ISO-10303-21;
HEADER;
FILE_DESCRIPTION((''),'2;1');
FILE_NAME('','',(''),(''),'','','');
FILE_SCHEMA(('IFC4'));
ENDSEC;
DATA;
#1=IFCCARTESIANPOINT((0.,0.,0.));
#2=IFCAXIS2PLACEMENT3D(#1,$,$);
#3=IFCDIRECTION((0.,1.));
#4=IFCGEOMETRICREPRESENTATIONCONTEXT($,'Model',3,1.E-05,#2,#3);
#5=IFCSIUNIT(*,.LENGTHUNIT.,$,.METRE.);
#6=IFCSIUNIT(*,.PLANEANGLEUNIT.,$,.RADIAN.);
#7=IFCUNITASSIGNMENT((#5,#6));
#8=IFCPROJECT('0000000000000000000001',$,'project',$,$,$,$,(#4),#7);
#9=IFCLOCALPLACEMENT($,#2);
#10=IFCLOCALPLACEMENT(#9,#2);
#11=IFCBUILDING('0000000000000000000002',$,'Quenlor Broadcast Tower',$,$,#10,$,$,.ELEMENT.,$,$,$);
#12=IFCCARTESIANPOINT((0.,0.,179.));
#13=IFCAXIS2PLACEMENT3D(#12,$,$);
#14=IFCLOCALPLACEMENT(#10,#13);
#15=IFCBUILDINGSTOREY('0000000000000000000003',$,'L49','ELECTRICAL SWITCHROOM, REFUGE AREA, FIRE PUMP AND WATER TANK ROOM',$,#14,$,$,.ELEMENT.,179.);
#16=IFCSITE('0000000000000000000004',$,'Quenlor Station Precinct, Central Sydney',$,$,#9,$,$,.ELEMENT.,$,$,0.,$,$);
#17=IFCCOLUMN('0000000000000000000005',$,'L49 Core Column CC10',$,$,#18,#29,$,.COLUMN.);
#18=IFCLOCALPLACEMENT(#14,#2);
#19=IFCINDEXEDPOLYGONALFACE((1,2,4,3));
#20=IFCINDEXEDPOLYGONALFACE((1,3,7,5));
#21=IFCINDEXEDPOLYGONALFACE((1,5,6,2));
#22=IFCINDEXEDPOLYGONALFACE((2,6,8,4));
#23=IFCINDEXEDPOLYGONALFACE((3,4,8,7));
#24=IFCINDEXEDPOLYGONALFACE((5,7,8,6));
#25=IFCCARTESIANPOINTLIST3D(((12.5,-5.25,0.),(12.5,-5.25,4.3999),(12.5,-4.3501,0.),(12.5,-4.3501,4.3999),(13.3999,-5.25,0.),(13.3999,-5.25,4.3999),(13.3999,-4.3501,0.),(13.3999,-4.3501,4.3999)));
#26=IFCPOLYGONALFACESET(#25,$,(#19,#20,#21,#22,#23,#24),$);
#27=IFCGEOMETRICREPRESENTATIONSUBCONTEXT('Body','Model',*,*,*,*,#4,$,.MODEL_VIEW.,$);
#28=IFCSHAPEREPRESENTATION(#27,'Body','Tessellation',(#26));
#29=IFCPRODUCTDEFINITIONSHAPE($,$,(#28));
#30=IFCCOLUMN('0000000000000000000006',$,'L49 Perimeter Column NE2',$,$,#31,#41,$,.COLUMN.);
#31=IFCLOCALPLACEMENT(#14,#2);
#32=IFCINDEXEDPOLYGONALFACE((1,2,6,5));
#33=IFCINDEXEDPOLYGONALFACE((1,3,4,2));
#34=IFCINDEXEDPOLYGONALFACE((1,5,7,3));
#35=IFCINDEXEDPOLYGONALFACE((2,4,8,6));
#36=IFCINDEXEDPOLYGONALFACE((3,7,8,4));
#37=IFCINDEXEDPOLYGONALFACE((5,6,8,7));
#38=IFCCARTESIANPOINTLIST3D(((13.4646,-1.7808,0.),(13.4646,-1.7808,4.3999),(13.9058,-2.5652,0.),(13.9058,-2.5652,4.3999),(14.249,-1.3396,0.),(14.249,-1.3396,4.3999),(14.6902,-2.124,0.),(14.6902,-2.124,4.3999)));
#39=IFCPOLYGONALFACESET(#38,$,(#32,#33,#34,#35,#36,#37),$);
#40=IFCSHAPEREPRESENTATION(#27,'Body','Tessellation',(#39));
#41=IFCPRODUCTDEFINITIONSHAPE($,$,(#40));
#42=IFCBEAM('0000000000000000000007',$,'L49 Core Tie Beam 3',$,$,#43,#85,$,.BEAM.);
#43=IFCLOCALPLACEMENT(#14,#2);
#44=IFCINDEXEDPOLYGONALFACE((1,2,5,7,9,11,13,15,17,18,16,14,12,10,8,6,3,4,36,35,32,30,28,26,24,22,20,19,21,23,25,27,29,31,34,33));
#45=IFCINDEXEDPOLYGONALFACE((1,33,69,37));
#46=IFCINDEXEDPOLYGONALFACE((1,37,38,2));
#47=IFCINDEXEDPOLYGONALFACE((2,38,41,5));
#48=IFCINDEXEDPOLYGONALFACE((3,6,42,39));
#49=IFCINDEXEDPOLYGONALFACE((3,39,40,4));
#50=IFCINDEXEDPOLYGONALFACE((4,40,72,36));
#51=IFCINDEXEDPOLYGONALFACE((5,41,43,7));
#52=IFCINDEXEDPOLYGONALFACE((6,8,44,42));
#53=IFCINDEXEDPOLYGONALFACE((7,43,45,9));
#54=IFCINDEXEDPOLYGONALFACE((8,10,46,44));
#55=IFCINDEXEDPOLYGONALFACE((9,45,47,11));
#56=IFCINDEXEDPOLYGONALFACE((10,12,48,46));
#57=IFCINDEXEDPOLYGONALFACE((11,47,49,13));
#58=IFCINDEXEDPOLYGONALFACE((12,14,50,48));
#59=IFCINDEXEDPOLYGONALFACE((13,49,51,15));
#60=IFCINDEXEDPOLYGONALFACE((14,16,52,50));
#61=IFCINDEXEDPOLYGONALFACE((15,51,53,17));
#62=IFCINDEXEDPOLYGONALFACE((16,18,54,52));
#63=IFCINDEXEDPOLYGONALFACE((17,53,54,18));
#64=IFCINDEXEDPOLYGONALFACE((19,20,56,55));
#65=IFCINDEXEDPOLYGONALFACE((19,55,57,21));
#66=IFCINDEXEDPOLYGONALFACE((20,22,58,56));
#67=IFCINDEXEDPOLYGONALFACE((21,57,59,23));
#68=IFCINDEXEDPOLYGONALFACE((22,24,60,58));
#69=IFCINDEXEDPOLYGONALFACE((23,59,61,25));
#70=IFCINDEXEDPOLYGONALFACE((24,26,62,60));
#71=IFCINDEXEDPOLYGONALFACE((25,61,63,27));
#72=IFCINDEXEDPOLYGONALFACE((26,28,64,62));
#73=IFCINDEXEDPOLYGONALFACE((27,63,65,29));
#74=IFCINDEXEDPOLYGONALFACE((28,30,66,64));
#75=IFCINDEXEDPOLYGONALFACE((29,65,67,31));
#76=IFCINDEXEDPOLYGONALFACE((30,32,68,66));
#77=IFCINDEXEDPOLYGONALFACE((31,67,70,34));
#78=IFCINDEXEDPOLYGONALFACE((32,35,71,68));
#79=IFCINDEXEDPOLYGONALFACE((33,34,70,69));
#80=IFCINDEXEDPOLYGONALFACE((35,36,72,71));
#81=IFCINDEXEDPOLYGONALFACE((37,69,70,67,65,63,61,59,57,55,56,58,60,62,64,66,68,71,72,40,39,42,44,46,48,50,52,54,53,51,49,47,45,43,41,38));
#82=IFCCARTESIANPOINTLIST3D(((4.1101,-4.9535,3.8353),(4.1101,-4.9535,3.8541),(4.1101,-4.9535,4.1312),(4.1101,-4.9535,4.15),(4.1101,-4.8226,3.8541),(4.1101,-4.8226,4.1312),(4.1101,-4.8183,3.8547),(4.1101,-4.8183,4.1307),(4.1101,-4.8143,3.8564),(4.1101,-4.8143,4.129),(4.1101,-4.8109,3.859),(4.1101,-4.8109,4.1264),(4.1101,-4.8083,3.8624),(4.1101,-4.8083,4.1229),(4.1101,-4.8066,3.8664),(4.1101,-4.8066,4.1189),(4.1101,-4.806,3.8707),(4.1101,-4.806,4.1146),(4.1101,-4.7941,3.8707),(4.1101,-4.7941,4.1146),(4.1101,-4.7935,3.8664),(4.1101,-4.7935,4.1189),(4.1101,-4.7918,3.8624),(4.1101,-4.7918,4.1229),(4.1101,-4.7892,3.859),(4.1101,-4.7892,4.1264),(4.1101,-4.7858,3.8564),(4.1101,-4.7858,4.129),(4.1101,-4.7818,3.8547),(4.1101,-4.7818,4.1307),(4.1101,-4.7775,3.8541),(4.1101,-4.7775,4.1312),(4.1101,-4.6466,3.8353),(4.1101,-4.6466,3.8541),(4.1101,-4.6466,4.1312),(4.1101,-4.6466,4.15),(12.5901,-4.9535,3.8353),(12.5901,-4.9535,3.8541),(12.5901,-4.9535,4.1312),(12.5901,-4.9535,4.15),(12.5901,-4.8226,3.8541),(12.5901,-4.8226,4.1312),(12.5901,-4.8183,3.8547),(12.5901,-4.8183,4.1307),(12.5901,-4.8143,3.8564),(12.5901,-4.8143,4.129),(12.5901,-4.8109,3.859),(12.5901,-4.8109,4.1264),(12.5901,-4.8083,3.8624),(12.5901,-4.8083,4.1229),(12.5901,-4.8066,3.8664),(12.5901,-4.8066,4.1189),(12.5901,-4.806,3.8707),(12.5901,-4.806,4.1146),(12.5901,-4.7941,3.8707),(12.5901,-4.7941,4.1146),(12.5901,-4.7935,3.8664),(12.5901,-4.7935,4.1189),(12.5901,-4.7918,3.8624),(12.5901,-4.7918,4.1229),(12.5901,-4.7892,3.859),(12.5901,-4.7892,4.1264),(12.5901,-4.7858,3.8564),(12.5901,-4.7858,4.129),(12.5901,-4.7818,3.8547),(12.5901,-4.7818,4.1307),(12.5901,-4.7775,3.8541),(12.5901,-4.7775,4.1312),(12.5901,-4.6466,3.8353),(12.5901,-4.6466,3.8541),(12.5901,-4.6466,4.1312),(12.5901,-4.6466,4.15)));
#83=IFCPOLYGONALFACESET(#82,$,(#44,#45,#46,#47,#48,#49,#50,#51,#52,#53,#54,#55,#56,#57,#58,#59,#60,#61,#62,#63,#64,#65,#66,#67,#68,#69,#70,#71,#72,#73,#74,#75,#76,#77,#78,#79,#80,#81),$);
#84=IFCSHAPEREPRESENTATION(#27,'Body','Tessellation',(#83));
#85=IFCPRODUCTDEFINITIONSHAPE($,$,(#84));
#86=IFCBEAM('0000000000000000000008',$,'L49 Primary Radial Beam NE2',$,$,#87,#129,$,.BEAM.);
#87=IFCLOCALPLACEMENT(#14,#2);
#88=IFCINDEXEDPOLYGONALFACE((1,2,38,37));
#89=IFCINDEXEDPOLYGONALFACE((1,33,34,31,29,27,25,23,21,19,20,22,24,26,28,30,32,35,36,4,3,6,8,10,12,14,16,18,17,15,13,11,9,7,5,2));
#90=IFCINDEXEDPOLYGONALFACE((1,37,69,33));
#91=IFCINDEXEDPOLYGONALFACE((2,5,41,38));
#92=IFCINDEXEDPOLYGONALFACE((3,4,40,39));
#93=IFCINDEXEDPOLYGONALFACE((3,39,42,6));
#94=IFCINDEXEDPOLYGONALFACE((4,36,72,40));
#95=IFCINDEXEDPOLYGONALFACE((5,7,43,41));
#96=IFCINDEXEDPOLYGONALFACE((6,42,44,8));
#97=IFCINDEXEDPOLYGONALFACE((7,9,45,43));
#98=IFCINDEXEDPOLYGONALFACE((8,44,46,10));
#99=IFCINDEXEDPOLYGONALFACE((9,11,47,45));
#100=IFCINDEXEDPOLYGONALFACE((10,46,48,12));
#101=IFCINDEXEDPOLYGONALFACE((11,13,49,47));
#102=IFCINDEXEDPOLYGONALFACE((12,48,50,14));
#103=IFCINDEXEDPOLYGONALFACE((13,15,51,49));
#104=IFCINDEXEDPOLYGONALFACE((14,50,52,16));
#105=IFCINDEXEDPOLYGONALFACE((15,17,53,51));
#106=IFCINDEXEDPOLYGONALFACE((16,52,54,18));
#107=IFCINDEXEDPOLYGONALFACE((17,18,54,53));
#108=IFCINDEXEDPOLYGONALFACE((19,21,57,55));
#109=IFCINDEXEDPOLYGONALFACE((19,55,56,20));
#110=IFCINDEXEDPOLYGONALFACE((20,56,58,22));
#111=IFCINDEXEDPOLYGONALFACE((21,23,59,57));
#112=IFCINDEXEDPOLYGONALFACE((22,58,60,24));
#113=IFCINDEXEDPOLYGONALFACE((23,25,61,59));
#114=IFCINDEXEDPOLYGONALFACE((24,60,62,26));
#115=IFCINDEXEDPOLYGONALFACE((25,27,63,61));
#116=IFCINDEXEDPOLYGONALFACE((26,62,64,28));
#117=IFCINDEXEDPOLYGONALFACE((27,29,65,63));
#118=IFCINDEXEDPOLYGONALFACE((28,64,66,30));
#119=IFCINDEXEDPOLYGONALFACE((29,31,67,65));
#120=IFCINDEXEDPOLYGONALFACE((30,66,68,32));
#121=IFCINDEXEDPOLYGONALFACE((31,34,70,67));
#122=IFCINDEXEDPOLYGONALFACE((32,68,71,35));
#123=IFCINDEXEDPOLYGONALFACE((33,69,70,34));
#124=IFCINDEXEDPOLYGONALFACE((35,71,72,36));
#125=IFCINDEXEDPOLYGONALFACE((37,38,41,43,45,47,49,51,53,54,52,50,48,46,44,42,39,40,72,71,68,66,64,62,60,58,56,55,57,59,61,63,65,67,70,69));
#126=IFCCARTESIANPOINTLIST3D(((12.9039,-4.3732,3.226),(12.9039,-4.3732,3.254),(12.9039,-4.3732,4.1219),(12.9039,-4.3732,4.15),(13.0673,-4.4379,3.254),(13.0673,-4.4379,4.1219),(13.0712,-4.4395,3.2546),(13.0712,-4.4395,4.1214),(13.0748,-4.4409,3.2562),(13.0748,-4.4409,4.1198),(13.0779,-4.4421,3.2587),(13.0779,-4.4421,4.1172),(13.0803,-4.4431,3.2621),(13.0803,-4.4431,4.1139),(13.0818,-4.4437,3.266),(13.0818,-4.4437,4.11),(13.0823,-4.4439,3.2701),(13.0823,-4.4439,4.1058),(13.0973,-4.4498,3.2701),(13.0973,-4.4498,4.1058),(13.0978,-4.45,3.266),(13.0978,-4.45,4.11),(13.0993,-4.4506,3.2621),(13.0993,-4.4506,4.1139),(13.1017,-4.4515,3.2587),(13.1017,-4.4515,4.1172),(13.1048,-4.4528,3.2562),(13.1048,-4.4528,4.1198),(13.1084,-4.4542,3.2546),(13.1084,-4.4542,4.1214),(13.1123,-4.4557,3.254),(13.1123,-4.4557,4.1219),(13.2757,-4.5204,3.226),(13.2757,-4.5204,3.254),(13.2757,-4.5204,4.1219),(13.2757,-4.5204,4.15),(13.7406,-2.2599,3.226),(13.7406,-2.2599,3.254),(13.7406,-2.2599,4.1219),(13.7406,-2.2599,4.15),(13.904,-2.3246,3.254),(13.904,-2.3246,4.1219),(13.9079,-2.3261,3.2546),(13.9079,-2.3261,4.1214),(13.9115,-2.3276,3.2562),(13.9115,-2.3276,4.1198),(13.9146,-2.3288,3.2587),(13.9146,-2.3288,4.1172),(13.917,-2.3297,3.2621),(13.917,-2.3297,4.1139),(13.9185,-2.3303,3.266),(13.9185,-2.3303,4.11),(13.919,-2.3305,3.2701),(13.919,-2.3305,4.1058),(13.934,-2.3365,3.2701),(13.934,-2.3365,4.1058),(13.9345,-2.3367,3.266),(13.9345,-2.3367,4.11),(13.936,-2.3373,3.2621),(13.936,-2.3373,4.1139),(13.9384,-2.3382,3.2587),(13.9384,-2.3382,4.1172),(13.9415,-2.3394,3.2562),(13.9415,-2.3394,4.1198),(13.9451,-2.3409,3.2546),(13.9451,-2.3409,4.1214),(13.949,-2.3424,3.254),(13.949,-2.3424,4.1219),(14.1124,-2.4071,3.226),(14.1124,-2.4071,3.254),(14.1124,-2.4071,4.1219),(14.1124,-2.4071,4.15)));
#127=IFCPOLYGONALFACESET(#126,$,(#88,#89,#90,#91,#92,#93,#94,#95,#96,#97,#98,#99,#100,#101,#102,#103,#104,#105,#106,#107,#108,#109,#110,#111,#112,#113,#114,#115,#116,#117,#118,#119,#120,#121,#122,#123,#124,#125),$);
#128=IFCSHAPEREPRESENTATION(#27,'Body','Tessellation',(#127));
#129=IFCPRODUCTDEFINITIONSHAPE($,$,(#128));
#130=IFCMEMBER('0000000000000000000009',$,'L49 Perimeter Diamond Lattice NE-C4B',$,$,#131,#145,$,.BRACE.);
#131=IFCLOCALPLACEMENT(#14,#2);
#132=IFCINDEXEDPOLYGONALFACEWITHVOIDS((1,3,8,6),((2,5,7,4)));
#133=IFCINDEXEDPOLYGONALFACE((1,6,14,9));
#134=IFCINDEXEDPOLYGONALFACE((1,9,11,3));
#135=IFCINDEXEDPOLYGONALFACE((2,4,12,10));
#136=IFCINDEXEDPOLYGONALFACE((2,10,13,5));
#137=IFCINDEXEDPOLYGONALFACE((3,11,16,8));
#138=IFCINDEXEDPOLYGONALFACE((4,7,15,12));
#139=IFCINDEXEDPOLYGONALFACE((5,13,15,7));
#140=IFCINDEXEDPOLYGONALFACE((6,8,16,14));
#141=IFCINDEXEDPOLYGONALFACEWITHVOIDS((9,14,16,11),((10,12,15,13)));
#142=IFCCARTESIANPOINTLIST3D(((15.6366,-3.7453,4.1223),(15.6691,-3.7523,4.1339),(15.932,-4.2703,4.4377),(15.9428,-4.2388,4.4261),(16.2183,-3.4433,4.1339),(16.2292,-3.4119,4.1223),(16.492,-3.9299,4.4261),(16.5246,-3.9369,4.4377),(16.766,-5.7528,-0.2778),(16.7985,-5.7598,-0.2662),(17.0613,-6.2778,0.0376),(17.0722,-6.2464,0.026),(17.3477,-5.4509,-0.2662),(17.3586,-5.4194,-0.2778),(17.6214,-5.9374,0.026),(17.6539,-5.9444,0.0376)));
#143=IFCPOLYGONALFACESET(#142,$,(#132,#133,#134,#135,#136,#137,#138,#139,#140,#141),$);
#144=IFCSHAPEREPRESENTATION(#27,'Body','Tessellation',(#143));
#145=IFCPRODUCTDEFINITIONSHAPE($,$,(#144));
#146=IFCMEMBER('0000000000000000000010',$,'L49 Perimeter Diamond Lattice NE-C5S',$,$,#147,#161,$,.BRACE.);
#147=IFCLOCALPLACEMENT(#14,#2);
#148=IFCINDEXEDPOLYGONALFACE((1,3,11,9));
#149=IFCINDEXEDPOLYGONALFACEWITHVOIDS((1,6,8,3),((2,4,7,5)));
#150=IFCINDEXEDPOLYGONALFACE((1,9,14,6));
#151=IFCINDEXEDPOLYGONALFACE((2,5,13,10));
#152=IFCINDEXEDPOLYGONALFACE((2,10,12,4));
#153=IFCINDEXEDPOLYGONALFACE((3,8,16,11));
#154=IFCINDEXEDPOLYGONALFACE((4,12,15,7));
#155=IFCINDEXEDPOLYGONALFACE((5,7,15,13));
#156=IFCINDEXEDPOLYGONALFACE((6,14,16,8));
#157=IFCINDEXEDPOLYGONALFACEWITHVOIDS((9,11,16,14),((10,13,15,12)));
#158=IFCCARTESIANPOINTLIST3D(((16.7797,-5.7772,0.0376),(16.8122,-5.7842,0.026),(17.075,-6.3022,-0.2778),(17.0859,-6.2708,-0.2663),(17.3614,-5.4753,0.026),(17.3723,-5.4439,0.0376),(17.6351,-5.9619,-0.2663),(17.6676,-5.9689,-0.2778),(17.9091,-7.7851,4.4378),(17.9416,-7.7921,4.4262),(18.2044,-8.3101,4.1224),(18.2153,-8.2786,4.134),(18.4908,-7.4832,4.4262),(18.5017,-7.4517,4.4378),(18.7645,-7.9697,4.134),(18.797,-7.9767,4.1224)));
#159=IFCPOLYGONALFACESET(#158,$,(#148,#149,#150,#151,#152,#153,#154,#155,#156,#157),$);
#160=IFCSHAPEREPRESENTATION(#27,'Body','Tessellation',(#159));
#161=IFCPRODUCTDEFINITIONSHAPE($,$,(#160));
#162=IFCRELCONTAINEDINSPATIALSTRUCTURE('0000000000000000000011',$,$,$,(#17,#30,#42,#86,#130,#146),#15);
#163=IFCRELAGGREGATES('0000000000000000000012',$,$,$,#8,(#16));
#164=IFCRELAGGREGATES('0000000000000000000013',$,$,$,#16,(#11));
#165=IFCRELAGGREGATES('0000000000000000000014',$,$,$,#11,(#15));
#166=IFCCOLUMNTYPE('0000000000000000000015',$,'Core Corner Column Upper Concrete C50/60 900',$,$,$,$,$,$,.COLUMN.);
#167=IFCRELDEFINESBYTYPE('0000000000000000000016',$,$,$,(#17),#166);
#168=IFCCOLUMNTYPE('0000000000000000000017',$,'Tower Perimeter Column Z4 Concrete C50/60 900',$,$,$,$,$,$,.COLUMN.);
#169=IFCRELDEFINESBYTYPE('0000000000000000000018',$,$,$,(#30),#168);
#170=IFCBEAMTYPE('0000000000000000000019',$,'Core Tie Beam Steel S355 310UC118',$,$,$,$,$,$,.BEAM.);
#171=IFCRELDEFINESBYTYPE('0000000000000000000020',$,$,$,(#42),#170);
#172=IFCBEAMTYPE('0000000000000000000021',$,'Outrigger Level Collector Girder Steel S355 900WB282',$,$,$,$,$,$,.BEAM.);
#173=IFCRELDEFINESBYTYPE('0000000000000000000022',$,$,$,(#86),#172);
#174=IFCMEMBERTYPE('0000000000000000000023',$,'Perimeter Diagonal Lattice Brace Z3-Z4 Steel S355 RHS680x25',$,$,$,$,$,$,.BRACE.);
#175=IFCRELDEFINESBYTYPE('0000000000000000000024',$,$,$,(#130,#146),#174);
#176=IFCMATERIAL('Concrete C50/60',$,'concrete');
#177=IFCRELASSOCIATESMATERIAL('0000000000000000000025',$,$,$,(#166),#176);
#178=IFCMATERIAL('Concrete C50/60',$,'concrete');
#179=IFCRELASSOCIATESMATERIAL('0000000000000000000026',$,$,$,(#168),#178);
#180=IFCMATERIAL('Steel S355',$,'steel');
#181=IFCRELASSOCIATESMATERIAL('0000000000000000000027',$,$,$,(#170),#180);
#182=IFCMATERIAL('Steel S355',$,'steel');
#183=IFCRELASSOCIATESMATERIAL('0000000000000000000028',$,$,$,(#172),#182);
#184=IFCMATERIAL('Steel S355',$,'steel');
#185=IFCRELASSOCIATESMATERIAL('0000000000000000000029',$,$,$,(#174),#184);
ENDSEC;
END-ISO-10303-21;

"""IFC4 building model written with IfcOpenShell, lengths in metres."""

from ifc_helpers import new_model, si_unit, direction, frame, origin, origin_2d, place, context, subcontext, project, spatial, rectangle, hollow_rectangle, i_section, extrude, material, material_profile, profile_set, type_object, element, save


model = new_model("IFC4")

# Units and contexts
model_context = context("Model", 3, precision=1e-05, world=origin(), true_north=direction((0.0, 1.0)))
body_context = subcontext(model_context, "Body", "Model", "MODEL_VIEW")
ifc_project = project(units=[si_unit("LENGTHUNIT", "METRE"), si_unit("PLANEANGLEUNIT", "RADIAN")], contexts=[model_context])

# Site, building, storey
site_placement = place(None, origin())
site = spatial("IfcSite", under=ifc_project, at=site_placement, Name="Quenlor Station Precinct, Central Sydney", CompositionType="ELEMENT", RefElevation=0.0)
building_placement = place(site_placement, origin())
building = spatial("IfcBuilding", under=site, at=building_placement, Name="Quenlor Broadcast Tower", CompositionType="ELEMENT")
storey_placement = place(building_placement, frame((0.0, 0.0, 179.0)))
storey = spatial("IfcBuildingStorey", under=building, at=storey_placement, Name="L49", Description="ELECTRICAL SWITCHROOM, REFUGE AREA, FIRE PUMP AND WATER TANK ROOM", CompositionType="ELEMENT", Elevation=179.0)

# Columns
ifc_material_1 = material(Name="Concrete C50/60", Category="concrete")
ifc_material_profile_1 = material_profile(ifc_material_1, rectangle(XDim=0.8999, YDim=0.8999, at=origin_2d()))
ifc_profile_set_1 = profile_set([ifc_material_profile_1], Name="Concrete C50/60 RC900x900")
column_type_1 = type_object("IfcColumnType", Name="Core Corner Column Upper Concrete C50/60 900", PredefinedType="COLUMN", material=ifc_profile_set_1)
column_1_placement = place(storey_placement, frame((12.95, -4.8, 0.0), z_axis=(0.0, 0.0, 1.0), x_axis=(1.0, 0.0, 0.0)))
element("IfcColumn", 1, at=column_1_placement, inside=storey, type_object=column_type_1, Name="L49 Core Column CC10", PredefinedType="COLUMN", context=body_context, shape_type="SweptSolid", body=[
    extrude(rectangle(XDim=0.8999, YDim=0.8999, at=origin_2d()), origin(), (0.0, 0.0, 1.0), 4.3999),
])
ifc_material_2 = material(Name="Concrete C50/60", Category="concrete")
ifc_material_profile_2 = material_profile(ifc_material_2, rectangle(XDim=0.8999, YDim=0.8999, at=origin_2d()))
ifc_profile_set_2 = profile_set([ifc_material_profile_2], Name="Concrete C50/60 RC900x900")
column_type_2 = type_object("IfcColumnType", Name="Tower Perimeter Column Z4 Concrete C50/60 900", PredefinedType="COLUMN", material=ifc_profile_set_2)
column_2_placement = place(storey_placement, frame((14.0774, -1.9524, 0.0), z_axis=(0.0, 0.0, 1.0), x_axis=(0.871575, 0.490262, 0.0)))
element("IfcColumn", 2, at=column_2_placement, inside=storey, type_object=column_type_2, Name="L49 Perimeter Column NE2", PredefinedType="COLUMN", context=body_context, shape_type="SweptSolid", body=[
    extrude(rectangle(XDim=0.8999, YDim=0.8999, at=origin_2d()), origin(), (0.0, 0.0, 1.0), 4.3999),
])

# Beams
ifc_material_3 = material(Name="Steel S355", Category="steel")
ifc_material_profile_3 = material_profile(ifc_material_3, i_section(OverallWidth=0.3069, OverallDepth=0.3147, WebThickness=0.012, FlangeThickness=0.0188, FilletRadius=0.0166, at=origin_2d()))
ifc_profile_set_3 = profile_set([ifc_material_profile_3], Name="Steel S355 310UC118")
beam_type_1 = type_object("IfcBeamType", Name="Core Tie Beam Steel S355 310UC118", PredefinedType="BEAM", material=ifc_profile_set_3)
beam_1_placement = place(storey_placement, frame((4.1101, -4.8, 3.9927), z_axis=(1.0, 0.0, 0.0), x_axis=(0.0, 1.0, 0.0)))
element("IfcBeam", 3, at=beam_1_placement, inside=storey, type_object=beam_type_1, Name="L49 Core Tie Beam 3", PredefinedType="BEAM", context=body_context, shape_type="SweptSolid", body=[
    extrude(i_section(OverallWidth=0.3069, OverallDepth=0.3147, WebThickness=0.012, FlangeThickness=0.0188, FilletRadius=0.0166, at=origin_2d()), origin(), (0.0, 0.0, 1.0), 8.48),
])
ifc_material_4 = material(Name="Steel S355", Category="steel")
ifc_material_profile_4 = material_profile(ifc_material_4, i_section(OverallWidth=0.3999, OverallDepth=0.9241, WebThickness=0.0161, FlangeThickness=0.0281, FilletRadius=0.0161, at=origin_2d()))
ifc_profile_set_4 = profile_set([ifc_material_profile_4], Name="Steel S355 900WB282")
beam_type_2 = type_object("IfcBeamType", Name="Outrigger Level Collector Girder Steel S355 900WB282", PredefinedType="BEAM", material=ifc_profile_set_4)
beam_2_placement = place(storey_placement, frame((13.9265, -2.3335, 3.688), z_axis=(-0.36811, -0.929782, 0.0), x_axis=(0.929782, -0.36811, 0.0)))
element("IfcBeam", 4, at=beam_2_placement, inside=storey, type_object=beam_type_2, Name="L49 Primary Radial Beam NE2", PredefinedType="BEAM", context=body_context, shape_type="SweptSolid", body=[
    extrude(i_section(OverallWidth=0.3999, OverallDepth=0.9241, WebThickness=0.0161, FlangeThickness=0.0281, FilletRadius=0.0161, at=origin_2d()), origin(), (0.0, 0.0, 1.0), 2.2729),
])

# Members
ifc_material_5 = material(Name="Steel S355", Category="steel")
ifc_material_profile_5 = material_profile(ifc_material_5, hollow_rectangle(XDim=0.6799, YDim=0.6799, WallThickness=0.0249, at=origin_2d()))
ifc_profile_set_5 = profile_set([ifc_material_profile_5], Name="Steel S355 RHS680x680x25")
member_type = type_object("IfcMemberType", Name="Perimeter Diagonal Lattice Brace Z3-Z4 Steel S355 RHS680x25", PredefinedType="BRACE", material=ifc_profile_set_5)
member_1_placement = place(storey_placement, frame((17.21, -5.8486, -0.1201), z_axis=(-0.227398, 0.404214, 0.885947), x_axis=(-0.87155, -0.490307, 0.0)))
element("IfcMember", 5, at=member_1_placement, inside=storey, type_object=member_type, Name="L49 Perimeter Diamond Lattice NE-C4B", PredefinedType="BRACE", context=body_context, shape_type="SweptSolid", body=[
    extrude(hollow_rectangle(XDim=0.6799, YDim=0.6799, WallThickness=0.0249, at=origin_2d()), origin(), (0.0, 0.0, 1.0), 4.9666),
])
member_2_placement = place(storey_placement, frame((17.2236, -5.873, -0.1201), z_axis=(0.227393, -0.404255, 0.885929), x_axis=(0.871576, 0.490261, 0.0)))
element("IfcMember", 6, at=member_2_placement, inside=storey, type_object=member_type, Name="L49 Perimeter Diamond Lattice NE-C5S", PredefinedType="BRACE", context=body_context, shape_type="SweptSolid", body=[
    extrude(hollow_rectangle(XDim=0.6799, YDim=0.6799, WallThickness=0.0249, at=origin_2d()), origin(), (0.0, 0.0, 1.0), 4.9668),
])

save(model, "model.ifc")
